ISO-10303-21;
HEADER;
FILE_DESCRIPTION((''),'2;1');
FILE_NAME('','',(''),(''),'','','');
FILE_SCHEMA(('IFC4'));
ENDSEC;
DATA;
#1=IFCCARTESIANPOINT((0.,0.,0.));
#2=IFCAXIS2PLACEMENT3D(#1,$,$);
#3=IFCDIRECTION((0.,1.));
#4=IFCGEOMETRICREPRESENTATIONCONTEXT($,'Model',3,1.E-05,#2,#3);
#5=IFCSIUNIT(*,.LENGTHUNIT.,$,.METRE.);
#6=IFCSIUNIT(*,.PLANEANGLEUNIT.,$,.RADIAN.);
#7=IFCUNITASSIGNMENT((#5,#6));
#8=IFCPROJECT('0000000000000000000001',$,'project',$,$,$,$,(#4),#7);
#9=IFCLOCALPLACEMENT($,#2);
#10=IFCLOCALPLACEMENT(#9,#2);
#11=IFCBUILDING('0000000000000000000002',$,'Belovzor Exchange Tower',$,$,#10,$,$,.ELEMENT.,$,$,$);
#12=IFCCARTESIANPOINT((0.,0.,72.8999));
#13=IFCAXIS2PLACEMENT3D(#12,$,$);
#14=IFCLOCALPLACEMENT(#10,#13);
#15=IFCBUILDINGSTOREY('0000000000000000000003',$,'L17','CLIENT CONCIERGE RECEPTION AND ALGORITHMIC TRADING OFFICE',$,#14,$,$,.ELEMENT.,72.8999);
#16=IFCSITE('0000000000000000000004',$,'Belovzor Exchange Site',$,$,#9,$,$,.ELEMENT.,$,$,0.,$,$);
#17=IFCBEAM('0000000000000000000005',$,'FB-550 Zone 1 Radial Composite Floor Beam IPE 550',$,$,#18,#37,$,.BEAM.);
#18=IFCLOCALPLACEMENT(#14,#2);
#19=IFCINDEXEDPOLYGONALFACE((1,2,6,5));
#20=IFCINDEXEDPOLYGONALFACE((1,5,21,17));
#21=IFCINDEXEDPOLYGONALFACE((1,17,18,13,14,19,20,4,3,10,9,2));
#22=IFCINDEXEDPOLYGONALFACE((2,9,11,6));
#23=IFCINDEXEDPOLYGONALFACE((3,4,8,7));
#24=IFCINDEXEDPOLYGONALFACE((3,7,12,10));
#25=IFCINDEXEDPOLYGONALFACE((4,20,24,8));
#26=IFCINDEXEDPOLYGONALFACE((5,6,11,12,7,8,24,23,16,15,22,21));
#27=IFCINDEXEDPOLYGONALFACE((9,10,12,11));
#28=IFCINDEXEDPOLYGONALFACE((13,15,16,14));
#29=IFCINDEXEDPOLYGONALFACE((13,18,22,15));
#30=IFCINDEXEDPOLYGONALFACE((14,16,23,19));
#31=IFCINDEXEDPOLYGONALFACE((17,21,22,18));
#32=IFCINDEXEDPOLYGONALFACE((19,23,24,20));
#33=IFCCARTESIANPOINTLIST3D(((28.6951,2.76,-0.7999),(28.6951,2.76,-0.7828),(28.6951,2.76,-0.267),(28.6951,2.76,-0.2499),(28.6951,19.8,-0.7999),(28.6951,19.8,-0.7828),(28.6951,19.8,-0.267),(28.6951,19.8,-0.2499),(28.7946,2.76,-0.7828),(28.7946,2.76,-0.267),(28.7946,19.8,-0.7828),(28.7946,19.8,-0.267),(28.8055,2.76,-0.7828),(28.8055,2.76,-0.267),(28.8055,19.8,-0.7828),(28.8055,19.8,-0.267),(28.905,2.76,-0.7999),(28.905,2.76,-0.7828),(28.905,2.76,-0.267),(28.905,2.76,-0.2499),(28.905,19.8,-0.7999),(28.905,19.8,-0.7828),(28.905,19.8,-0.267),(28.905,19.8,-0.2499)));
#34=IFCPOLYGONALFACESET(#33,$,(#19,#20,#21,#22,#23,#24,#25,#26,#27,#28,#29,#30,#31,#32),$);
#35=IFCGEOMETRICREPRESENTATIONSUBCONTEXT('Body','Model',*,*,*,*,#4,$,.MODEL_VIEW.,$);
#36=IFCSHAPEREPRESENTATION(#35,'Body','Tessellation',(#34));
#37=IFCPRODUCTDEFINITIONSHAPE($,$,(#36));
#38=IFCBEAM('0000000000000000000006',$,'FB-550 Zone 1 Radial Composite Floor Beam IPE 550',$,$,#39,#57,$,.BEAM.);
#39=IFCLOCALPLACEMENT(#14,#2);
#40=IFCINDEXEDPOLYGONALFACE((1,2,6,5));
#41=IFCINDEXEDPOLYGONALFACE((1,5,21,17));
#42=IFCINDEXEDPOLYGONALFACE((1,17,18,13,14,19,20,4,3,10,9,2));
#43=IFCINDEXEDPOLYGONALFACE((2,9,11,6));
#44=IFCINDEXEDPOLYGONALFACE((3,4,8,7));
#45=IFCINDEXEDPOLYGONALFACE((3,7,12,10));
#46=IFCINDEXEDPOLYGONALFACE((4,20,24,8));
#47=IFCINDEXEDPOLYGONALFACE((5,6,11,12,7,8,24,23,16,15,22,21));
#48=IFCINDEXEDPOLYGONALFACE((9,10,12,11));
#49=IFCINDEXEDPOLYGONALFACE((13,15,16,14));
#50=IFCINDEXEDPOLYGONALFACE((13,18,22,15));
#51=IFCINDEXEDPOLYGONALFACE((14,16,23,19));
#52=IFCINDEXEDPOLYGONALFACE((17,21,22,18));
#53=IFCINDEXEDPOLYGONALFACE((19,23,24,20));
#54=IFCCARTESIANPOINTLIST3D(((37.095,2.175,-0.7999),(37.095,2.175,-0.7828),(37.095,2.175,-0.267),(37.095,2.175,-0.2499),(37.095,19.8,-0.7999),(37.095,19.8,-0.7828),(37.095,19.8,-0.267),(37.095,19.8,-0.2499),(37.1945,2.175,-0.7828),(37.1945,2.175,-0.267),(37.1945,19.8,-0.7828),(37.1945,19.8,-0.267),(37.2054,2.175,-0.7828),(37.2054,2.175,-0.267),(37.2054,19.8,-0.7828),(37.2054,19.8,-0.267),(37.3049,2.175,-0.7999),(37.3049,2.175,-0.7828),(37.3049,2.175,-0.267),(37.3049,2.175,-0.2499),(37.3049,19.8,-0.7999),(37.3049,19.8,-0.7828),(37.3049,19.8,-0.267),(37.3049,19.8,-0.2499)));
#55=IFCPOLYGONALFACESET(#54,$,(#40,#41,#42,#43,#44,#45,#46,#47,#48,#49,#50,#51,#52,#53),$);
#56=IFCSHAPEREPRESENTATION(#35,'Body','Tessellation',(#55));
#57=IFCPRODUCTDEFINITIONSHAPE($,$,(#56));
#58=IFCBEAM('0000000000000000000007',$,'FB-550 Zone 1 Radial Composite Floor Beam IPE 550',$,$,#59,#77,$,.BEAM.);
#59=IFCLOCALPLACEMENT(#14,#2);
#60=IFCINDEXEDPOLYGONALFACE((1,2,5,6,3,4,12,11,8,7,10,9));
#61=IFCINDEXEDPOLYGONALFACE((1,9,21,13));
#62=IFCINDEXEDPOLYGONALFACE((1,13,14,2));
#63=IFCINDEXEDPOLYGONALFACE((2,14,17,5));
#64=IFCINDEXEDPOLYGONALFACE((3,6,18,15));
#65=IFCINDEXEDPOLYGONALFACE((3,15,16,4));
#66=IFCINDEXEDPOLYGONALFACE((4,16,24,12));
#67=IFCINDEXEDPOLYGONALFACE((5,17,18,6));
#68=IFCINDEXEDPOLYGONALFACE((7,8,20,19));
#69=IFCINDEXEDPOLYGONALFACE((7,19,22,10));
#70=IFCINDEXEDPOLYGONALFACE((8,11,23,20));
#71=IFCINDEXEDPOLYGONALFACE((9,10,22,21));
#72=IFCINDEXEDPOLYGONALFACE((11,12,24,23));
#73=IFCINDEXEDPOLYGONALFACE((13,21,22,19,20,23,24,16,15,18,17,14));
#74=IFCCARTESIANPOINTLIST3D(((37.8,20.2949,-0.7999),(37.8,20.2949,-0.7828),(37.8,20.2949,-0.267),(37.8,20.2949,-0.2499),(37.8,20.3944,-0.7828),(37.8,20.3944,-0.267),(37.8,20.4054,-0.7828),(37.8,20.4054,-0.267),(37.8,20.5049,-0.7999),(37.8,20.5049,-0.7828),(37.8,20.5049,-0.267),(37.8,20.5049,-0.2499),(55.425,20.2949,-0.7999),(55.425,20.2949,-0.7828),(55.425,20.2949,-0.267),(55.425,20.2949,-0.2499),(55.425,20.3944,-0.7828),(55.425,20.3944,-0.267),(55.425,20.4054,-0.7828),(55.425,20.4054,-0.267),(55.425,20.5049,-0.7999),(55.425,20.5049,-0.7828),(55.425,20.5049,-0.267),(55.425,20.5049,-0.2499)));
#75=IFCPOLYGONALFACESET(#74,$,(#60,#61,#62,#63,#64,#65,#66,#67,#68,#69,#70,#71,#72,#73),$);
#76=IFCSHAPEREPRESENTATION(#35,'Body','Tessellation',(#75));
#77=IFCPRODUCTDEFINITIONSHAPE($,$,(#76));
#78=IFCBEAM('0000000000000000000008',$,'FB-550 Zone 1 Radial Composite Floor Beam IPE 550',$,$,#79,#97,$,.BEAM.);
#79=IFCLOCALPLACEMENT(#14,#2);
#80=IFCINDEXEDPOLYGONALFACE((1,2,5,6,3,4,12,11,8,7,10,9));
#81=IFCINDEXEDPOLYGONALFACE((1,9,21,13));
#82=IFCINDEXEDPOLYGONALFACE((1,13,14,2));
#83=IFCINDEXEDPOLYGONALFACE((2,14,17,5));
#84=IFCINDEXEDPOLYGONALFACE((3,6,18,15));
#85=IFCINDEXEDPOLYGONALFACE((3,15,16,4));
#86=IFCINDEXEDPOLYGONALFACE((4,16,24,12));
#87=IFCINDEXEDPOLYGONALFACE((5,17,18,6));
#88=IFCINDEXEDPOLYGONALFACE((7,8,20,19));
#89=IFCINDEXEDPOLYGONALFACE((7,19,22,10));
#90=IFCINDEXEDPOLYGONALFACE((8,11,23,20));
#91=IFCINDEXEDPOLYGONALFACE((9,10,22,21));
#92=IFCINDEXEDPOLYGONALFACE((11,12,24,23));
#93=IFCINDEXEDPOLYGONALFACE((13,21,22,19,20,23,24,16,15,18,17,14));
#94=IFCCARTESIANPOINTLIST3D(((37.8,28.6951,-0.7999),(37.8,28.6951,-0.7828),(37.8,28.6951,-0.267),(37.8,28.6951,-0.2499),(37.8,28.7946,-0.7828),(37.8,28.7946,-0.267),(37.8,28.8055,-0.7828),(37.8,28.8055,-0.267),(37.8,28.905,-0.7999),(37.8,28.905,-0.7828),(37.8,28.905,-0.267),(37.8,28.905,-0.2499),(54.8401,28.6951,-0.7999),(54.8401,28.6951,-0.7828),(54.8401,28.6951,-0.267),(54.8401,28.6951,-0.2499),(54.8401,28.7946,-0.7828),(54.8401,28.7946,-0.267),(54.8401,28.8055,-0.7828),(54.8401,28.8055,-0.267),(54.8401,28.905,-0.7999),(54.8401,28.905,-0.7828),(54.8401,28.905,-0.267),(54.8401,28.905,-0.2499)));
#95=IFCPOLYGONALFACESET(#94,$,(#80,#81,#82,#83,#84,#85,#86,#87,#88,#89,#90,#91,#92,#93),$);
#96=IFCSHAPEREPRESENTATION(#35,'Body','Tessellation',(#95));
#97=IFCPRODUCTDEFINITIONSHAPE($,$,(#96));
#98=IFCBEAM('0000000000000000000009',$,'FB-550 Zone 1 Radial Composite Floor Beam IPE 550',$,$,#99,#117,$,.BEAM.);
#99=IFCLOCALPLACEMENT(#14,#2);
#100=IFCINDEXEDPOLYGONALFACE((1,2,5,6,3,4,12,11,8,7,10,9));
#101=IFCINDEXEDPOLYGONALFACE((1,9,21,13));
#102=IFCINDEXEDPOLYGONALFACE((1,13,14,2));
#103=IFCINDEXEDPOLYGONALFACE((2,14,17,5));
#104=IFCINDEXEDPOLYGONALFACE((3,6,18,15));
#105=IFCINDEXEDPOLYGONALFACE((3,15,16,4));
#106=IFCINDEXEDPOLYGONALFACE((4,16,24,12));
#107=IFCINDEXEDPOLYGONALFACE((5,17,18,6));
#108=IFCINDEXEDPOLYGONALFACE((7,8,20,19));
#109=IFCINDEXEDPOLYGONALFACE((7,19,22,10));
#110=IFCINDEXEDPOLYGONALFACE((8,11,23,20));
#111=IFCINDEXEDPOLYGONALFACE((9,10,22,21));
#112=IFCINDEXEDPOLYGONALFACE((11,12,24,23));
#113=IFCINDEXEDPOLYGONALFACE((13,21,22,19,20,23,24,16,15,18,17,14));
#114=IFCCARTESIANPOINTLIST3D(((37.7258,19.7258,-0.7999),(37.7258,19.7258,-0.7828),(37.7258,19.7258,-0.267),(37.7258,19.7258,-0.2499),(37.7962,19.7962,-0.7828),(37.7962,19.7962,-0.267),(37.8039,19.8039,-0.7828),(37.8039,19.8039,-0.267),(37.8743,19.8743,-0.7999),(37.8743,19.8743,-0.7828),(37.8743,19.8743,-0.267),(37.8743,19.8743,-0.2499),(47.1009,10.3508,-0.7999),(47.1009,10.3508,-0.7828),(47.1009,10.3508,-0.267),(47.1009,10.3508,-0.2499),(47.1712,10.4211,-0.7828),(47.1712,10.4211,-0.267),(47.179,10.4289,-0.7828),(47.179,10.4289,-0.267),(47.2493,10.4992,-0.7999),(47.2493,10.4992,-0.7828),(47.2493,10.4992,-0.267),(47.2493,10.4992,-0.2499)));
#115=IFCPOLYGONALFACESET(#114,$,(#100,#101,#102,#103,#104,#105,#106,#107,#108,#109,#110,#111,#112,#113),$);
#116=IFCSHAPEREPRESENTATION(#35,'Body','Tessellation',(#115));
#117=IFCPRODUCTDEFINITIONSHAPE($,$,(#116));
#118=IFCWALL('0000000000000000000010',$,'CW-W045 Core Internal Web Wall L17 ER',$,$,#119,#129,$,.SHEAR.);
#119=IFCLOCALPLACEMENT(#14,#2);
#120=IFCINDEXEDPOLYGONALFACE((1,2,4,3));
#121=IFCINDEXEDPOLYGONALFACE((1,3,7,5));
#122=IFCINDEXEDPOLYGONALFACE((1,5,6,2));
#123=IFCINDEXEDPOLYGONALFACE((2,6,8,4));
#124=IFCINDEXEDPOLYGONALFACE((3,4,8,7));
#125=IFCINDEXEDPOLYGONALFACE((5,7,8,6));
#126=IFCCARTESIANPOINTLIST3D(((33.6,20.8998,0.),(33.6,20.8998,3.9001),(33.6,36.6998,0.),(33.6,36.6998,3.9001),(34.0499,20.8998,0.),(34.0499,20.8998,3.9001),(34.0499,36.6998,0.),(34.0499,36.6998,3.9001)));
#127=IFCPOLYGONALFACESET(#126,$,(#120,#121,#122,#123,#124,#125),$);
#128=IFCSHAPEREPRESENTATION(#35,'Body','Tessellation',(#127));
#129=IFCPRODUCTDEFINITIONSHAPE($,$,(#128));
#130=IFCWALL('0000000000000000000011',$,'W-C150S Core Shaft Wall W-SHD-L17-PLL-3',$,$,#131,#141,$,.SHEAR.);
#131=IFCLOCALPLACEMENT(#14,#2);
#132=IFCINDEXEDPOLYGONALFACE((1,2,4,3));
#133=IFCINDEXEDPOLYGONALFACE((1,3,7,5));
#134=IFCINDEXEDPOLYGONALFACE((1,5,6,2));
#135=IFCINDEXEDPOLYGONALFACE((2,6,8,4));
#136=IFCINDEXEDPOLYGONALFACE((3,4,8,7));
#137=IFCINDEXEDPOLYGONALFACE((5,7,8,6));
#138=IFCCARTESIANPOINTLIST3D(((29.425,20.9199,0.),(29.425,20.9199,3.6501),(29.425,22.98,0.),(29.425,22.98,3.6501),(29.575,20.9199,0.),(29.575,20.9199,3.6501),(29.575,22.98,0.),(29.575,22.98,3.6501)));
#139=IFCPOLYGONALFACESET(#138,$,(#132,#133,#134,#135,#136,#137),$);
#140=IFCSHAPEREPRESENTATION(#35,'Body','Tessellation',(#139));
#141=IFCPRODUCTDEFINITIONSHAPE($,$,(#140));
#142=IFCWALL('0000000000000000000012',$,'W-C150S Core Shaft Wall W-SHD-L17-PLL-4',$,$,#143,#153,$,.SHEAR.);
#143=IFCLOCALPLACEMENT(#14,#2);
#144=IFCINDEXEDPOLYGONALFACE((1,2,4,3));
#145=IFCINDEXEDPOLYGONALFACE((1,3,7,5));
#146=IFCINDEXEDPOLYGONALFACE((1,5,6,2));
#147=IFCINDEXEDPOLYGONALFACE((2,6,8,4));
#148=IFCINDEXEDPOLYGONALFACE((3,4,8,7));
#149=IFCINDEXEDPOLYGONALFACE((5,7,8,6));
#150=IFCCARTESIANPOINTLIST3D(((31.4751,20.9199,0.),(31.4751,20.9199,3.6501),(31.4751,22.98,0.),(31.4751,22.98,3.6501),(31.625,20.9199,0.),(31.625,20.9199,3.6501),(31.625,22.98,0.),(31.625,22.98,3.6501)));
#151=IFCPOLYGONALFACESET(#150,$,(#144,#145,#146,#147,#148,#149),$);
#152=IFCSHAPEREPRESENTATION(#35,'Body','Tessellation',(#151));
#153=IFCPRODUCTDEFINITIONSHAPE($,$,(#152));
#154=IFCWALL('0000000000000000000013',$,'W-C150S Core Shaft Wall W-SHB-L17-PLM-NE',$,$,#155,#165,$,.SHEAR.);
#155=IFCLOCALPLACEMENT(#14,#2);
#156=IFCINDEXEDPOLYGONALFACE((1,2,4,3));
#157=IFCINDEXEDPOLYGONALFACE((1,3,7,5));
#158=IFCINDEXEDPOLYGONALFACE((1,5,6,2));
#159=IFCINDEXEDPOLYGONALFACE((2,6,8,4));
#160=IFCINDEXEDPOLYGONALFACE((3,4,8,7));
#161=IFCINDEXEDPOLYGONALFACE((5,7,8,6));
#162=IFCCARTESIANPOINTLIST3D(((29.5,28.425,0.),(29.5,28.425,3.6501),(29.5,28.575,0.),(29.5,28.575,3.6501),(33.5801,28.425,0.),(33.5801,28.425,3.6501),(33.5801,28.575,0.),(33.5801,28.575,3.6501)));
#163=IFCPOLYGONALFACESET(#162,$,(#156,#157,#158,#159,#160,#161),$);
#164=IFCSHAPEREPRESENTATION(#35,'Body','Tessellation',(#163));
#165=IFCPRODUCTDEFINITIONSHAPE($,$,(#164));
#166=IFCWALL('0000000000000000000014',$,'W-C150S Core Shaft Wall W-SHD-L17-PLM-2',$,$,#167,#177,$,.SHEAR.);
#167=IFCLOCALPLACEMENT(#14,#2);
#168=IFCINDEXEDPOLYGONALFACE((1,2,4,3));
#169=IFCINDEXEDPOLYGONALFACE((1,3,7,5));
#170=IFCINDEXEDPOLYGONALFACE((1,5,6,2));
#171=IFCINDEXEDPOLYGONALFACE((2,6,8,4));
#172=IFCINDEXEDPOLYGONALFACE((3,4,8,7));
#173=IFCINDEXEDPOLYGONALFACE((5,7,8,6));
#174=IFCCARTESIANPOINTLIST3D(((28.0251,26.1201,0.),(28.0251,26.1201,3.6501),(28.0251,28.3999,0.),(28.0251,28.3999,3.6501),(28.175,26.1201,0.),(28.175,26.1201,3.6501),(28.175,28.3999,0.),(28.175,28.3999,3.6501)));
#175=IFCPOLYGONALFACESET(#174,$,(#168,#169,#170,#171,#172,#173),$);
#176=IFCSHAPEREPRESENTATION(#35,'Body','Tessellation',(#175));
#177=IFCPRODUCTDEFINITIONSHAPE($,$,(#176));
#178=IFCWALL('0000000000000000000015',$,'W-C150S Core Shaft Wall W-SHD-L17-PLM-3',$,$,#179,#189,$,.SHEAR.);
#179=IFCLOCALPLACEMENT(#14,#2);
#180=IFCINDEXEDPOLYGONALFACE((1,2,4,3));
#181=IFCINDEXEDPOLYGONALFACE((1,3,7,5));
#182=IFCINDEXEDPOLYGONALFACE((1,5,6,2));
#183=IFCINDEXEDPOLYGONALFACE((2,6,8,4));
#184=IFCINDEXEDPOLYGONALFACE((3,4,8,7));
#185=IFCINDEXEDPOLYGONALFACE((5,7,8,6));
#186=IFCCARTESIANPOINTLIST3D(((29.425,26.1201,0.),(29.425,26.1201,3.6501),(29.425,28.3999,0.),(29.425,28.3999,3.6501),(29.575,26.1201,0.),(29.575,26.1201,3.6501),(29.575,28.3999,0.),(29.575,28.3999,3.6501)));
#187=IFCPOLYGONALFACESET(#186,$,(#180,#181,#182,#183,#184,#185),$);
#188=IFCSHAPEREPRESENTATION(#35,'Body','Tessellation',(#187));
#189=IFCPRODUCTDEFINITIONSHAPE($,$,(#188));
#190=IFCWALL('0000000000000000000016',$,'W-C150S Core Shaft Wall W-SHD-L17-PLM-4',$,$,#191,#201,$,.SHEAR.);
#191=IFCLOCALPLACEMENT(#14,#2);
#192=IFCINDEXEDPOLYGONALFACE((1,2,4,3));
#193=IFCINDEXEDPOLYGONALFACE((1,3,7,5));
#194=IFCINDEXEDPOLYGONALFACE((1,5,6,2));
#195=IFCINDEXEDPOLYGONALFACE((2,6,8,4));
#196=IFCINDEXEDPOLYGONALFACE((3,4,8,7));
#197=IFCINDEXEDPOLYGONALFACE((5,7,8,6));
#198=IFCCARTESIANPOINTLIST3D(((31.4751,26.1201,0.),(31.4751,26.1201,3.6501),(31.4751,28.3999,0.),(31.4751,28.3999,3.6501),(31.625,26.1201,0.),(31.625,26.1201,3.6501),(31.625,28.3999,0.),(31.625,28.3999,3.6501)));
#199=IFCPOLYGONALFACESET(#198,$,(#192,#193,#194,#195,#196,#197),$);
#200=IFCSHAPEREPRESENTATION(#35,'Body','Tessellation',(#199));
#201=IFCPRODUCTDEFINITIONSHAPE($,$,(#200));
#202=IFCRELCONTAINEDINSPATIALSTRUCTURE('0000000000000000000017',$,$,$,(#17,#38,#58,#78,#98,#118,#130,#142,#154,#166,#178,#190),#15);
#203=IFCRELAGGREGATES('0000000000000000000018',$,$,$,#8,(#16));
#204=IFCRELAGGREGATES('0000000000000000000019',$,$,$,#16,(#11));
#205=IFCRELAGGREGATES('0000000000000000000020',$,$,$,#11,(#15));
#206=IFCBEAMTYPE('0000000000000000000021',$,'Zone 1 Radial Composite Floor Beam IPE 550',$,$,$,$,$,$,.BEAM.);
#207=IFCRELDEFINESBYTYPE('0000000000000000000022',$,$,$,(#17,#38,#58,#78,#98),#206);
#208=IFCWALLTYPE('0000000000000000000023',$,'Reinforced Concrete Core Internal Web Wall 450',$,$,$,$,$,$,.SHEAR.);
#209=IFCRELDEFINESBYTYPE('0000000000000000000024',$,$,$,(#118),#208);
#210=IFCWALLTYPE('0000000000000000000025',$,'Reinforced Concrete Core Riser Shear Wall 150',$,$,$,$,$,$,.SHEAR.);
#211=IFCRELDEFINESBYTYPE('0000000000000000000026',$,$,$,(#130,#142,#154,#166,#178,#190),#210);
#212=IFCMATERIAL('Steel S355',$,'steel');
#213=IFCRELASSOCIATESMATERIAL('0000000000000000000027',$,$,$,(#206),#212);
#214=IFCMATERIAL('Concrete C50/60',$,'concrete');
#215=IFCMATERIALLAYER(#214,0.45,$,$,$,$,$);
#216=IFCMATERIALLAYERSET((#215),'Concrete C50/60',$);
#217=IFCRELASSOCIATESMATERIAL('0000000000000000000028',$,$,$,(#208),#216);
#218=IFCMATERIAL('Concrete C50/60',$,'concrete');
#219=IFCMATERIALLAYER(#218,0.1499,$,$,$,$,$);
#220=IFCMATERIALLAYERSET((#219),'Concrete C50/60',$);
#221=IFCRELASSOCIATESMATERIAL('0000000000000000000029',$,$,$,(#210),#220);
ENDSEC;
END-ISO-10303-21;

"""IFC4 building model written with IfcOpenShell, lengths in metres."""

from ifc_helpers import new_model, si_unit, direction, frame, frame_2d, origin, origin_2d, place, context, subcontext, project, spatial, rectangle, i_section, extrude, material, layer, layer_set, material_profile, profile_set, type_object, element, save


model = new_model("IFC4")

# Units and contexts
model_context = context("Model", 3, precision=1e-05, world=origin(), true_north=direction((0.0, 1.0)))
body_context = subcontext(model_context, "Body", "Model", "MODEL_VIEW")
ifc_project = project(units=[si_unit("LENGTHUNIT", "METRE"), si_unit("PLANEANGLEUNIT", "RADIAN")], contexts=[model_context])

# Site, building, storey
site_placement = place(None, origin())
site = spatial("IfcSite", under=ifc_project, at=site_placement, Name="Belovzor Exchange Site", CompositionType="ELEMENT", RefElevation=0.0)
building_placement = place(site_placement, origin())
building = spatial("IfcBuilding", under=site, at=building_placement, Name="Belovzor Exchange Tower", CompositionType="ELEMENT")
storey_placement = place(building_placement, frame((0.0, 0.0, 72.8999)))
storey = spatial("IfcBuildingStorey", under=building, at=storey_placement, Name="L17", Description="CLIENT CONCIERGE RECEPTION AND ALGORITHMIC TRADING OFFICE", CompositionType="ELEMENT", Elevation=72.8999)

# Beams
ifc_material_1 = material(Name="Steel S355", Category="steel")
ifc_material_profile = material_profile(ifc_material_1, i_section(OverallWidth=0.21, OverallDepth=0.55, WebThickness=0.011, FlangeThickness=0.0171, at=origin_2d()))
ifc_profile_set = profile_set([ifc_material_profile], Name="Steel S355")
beam_type = type_object("IfcBeamType", Name="Zone 1 Radial Composite Floor Beam IPE 550", PredefinedType="BEAM", material=ifc_profile_set)
beam_1_placement = place(storey_placement, frame((28.8, 19.8, -0.5249), z_axis=(0.0, -1.0, 0.0), x_axis=(1.0, 0.0, 0.0)))
element("IfcBeam", 1, at=beam_1_placement, inside=storey, type_object=beam_type, Name="FB-550 Zone 1 Radial Composite Floor Beam IPE 550", PredefinedType="BEAM", context=body_context, shape_type="SweptSolid", body=[
    extrude(i_section(OverallWidth=0.21, OverallDepth=0.55, WebThickness=0.011, FlangeThickness=0.0171, at=origin_2d()), origin(), (0.0, 0.0, 1.0), 17.04),
])
for number, where, z_axis, x_axis, name in (
    (2, (37.2, 19.8, -0.5249), (0.0, -1.0, 0.0), (1.0, 0.0, 0.0), "FB-550 Zone 1 Radial Composite Floor Beam IPE 550"),
    (3, (37.8, 20.3999, -0.5249), (1.0, 0.0, 0.0), (0.0, 1.0, 0.0), "FB-550 Zone 1 Radial Composite Floor Beam IPE 550"),
):
    element("IfcBeam", number, at=place(storey_placement, frame(where, z_axis=z_axis, x_axis=x_axis)), inside=storey, type_object=beam_type, Name=name, PredefinedType="BEAM", context=body_context, shape_type="SweptSolid", body=[
        extrude(i_section(OverallWidth=0.21, OverallDepth=0.55, WebThickness=0.011, FlangeThickness=0.0171, at=origin_2d()), origin(), (0.0, 0.0, 1.0), 17.625),
    ])
beam_2_placement = place(storey_placement, frame((37.8, 28.8, -0.5249), z_axis=(1.0, 0.0, 0.0), x_axis=(0.0, 1.0, 0.0)))
element("IfcBeam", 4, at=beam_2_placement, inside=storey, type_object=beam_type, Name="FB-550 Zone 1 Radial Composite Floor Beam IPE 550", PredefinedType="BEAM", context=body_context, shape_type="SweptSolid", body=[
    extrude(i_section(OverallWidth=0.21, OverallDepth=0.55, WebThickness=0.011, FlangeThickness=0.0171, at=origin_2d()), origin(), (0.0, 0.0, 1.0), 17.04),
])
beam_3_placement = place(storey_placement, frame((37.8, 19.8, -0.5249), z_axis=(0.707107, -0.707107, 0.0), x_axis=(0.707107, 0.707107, 0.0)))
element("IfcBeam", 5, at=beam_3_placement, inside=storey, type_object=beam_type, Name="FB-550 Zone 1 Radial Composite Floor Beam IPE 550", PredefinedType="BEAM", context=body_context, shape_type="SweptSolid", body=[
    extrude(i_section(OverallWidth=0.21, OverallDepth=0.55, WebThickness=0.011, FlangeThickness=0.0171, at=origin_2d()), origin(), (0.0, 0.0, 1.0), 13.2583),
])

# Walls
ifc_material_2 = material(Name="Concrete C50/60", Category="concrete")
ifc_layer_1 = layer(ifc_material_2, 0.45)
ifc_layer_set_1 = layer_set([ifc_layer_1], Name="Concrete C50/60")
wall_type_1 = type_object("IfcWallType", Name="Reinforced Concrete Core Internal Web Wall 450", PredefinedType="SHEAR", material=ifc_layer_set_1)
wall_1_placement = place(storey_placement, frame((33.825, 20.8999, 0.0), z_axis=(0.0, 0.0, 1.0), x_axis=(0.0, 1.0, 0.0)))
element("IfcWall", 6, at=wall_1_placement, inside=storey, type_object=wall_type_1, Name="CW-W045 Core Internal Web Wall L17 ER", PredefinedType="SHEAR", context=body_context, shape_type="SweptSolid", body=[
    extrude(rectangle(XDim=15.8, YDim=0.45, at=frame_2d((7.8999, 0.0))), origin(), (0.0, 0.0, 1.0), 3.9001),
])
ifc_material_3 = material(Name="Concrete C50/60", Category="concrete")
ifc_layer_2 = layer(ifc_material_3, 0.1499)
ifc_layer_set_2 = layer_set([ifc_layer_2], Name="Concrete C50/60")
wall_type_2 = type_object("IfcWallType", Name="Reinforced Concrete Core Riser Shear Wall 150", PredefinedType="SHEAR", material=ifc_layer_set_2)
for number, where, z_axis, x_axis, name in (
    (7, (29.5, 20.9199, 0.0), (0.0, 0.0, 1.0), (0.0, 1.0, 0.0), "W-C150S Core Shaft Wall W-SHD-L17-PLL-3"),
    (8, (31.55, 20.9199, 0.0), (0.0, 0.0, 1.0), (0.0, 1.0, 0.0), "W-C150S Core Shaft Wall W-SHD-L17-PLL-4"),
):
    element("IfcWall", number, at=place(storey_placement, frame(where, z_axis=z_axis, x_axis=x_axis)), inside=storey, type_object=wall_type_2, Name=name, PredefinedType="SHEAR", context=body_context, shape_type="SweptSolid", body=[
        extrude(rectangle(XDim=2.0601, YDim=0.1499, at=frame_2d((1.03, 0.0))), origin(), (0.0, 0.0, 1.0), 3.6501),
    ])
wall_2_placement = place(storey_placement, frame((29.5, 28.5, 0.0), z_axis=(0.0, 0.0, 1.0), x_axis=(1.0, 0.0, 0.0)))
element("IfcWall", 9, at=wall_2_placement, inside=storey, type_object=wall_type_2, Name="W-C150S Core Shaft Wall W-SHB-L17-PLM-NE", PredefinedType="SHEAR", context=body_context, shape_type="SweptSolid", body=[
    extrude(rectangle(XDim=4.0801, YDim=0.1499, at=frame_2d((2.04, 0.0))), origin(), (0.0, 0.0, 1.0), 3.6501),
])
for number, where, z_axis, x_axis, name in (
    (10, (28.1001, 26.1201, 0.0), (0.0, 0.0, 1.0), (0.0, 1.0, 0.0), "W-C150S Core Shaft Wall W-SHD-L17-PLM-2"),
    (11, (29.5, 26.1201, 0.0), (0.0, 0.0, 1.0), (0.0, 1.0, 0.0), "W-C150S Core Shaft Wall W-SHD-L17-PLM-3"),
    (12, (31.55, 26.1201, 0.0), (0.0, 0.0, 1.0), (0.0, 1.0, 0.0), "W-C150S Core Shaft Wall W-SHD-L17-PLM-4"),
):
    element("IfcWall", number, at=place(storey_placement, frame(where, z_axis=z_axis, x_axis=x_axis)), inside=storey, type_object=wall_type_2, Name=name, PredefinedType="SHEAR", context=body_context, shape_type="SweptSolid", body=[
        extrude(rectangle(XDim=2.2798, YDim=0.1499, at=frame_2d((1.1399, 0.0))), origin(), (0.0, 0.0, 1.0), 3.6501),
    ])

save(model, "model.ifc")
